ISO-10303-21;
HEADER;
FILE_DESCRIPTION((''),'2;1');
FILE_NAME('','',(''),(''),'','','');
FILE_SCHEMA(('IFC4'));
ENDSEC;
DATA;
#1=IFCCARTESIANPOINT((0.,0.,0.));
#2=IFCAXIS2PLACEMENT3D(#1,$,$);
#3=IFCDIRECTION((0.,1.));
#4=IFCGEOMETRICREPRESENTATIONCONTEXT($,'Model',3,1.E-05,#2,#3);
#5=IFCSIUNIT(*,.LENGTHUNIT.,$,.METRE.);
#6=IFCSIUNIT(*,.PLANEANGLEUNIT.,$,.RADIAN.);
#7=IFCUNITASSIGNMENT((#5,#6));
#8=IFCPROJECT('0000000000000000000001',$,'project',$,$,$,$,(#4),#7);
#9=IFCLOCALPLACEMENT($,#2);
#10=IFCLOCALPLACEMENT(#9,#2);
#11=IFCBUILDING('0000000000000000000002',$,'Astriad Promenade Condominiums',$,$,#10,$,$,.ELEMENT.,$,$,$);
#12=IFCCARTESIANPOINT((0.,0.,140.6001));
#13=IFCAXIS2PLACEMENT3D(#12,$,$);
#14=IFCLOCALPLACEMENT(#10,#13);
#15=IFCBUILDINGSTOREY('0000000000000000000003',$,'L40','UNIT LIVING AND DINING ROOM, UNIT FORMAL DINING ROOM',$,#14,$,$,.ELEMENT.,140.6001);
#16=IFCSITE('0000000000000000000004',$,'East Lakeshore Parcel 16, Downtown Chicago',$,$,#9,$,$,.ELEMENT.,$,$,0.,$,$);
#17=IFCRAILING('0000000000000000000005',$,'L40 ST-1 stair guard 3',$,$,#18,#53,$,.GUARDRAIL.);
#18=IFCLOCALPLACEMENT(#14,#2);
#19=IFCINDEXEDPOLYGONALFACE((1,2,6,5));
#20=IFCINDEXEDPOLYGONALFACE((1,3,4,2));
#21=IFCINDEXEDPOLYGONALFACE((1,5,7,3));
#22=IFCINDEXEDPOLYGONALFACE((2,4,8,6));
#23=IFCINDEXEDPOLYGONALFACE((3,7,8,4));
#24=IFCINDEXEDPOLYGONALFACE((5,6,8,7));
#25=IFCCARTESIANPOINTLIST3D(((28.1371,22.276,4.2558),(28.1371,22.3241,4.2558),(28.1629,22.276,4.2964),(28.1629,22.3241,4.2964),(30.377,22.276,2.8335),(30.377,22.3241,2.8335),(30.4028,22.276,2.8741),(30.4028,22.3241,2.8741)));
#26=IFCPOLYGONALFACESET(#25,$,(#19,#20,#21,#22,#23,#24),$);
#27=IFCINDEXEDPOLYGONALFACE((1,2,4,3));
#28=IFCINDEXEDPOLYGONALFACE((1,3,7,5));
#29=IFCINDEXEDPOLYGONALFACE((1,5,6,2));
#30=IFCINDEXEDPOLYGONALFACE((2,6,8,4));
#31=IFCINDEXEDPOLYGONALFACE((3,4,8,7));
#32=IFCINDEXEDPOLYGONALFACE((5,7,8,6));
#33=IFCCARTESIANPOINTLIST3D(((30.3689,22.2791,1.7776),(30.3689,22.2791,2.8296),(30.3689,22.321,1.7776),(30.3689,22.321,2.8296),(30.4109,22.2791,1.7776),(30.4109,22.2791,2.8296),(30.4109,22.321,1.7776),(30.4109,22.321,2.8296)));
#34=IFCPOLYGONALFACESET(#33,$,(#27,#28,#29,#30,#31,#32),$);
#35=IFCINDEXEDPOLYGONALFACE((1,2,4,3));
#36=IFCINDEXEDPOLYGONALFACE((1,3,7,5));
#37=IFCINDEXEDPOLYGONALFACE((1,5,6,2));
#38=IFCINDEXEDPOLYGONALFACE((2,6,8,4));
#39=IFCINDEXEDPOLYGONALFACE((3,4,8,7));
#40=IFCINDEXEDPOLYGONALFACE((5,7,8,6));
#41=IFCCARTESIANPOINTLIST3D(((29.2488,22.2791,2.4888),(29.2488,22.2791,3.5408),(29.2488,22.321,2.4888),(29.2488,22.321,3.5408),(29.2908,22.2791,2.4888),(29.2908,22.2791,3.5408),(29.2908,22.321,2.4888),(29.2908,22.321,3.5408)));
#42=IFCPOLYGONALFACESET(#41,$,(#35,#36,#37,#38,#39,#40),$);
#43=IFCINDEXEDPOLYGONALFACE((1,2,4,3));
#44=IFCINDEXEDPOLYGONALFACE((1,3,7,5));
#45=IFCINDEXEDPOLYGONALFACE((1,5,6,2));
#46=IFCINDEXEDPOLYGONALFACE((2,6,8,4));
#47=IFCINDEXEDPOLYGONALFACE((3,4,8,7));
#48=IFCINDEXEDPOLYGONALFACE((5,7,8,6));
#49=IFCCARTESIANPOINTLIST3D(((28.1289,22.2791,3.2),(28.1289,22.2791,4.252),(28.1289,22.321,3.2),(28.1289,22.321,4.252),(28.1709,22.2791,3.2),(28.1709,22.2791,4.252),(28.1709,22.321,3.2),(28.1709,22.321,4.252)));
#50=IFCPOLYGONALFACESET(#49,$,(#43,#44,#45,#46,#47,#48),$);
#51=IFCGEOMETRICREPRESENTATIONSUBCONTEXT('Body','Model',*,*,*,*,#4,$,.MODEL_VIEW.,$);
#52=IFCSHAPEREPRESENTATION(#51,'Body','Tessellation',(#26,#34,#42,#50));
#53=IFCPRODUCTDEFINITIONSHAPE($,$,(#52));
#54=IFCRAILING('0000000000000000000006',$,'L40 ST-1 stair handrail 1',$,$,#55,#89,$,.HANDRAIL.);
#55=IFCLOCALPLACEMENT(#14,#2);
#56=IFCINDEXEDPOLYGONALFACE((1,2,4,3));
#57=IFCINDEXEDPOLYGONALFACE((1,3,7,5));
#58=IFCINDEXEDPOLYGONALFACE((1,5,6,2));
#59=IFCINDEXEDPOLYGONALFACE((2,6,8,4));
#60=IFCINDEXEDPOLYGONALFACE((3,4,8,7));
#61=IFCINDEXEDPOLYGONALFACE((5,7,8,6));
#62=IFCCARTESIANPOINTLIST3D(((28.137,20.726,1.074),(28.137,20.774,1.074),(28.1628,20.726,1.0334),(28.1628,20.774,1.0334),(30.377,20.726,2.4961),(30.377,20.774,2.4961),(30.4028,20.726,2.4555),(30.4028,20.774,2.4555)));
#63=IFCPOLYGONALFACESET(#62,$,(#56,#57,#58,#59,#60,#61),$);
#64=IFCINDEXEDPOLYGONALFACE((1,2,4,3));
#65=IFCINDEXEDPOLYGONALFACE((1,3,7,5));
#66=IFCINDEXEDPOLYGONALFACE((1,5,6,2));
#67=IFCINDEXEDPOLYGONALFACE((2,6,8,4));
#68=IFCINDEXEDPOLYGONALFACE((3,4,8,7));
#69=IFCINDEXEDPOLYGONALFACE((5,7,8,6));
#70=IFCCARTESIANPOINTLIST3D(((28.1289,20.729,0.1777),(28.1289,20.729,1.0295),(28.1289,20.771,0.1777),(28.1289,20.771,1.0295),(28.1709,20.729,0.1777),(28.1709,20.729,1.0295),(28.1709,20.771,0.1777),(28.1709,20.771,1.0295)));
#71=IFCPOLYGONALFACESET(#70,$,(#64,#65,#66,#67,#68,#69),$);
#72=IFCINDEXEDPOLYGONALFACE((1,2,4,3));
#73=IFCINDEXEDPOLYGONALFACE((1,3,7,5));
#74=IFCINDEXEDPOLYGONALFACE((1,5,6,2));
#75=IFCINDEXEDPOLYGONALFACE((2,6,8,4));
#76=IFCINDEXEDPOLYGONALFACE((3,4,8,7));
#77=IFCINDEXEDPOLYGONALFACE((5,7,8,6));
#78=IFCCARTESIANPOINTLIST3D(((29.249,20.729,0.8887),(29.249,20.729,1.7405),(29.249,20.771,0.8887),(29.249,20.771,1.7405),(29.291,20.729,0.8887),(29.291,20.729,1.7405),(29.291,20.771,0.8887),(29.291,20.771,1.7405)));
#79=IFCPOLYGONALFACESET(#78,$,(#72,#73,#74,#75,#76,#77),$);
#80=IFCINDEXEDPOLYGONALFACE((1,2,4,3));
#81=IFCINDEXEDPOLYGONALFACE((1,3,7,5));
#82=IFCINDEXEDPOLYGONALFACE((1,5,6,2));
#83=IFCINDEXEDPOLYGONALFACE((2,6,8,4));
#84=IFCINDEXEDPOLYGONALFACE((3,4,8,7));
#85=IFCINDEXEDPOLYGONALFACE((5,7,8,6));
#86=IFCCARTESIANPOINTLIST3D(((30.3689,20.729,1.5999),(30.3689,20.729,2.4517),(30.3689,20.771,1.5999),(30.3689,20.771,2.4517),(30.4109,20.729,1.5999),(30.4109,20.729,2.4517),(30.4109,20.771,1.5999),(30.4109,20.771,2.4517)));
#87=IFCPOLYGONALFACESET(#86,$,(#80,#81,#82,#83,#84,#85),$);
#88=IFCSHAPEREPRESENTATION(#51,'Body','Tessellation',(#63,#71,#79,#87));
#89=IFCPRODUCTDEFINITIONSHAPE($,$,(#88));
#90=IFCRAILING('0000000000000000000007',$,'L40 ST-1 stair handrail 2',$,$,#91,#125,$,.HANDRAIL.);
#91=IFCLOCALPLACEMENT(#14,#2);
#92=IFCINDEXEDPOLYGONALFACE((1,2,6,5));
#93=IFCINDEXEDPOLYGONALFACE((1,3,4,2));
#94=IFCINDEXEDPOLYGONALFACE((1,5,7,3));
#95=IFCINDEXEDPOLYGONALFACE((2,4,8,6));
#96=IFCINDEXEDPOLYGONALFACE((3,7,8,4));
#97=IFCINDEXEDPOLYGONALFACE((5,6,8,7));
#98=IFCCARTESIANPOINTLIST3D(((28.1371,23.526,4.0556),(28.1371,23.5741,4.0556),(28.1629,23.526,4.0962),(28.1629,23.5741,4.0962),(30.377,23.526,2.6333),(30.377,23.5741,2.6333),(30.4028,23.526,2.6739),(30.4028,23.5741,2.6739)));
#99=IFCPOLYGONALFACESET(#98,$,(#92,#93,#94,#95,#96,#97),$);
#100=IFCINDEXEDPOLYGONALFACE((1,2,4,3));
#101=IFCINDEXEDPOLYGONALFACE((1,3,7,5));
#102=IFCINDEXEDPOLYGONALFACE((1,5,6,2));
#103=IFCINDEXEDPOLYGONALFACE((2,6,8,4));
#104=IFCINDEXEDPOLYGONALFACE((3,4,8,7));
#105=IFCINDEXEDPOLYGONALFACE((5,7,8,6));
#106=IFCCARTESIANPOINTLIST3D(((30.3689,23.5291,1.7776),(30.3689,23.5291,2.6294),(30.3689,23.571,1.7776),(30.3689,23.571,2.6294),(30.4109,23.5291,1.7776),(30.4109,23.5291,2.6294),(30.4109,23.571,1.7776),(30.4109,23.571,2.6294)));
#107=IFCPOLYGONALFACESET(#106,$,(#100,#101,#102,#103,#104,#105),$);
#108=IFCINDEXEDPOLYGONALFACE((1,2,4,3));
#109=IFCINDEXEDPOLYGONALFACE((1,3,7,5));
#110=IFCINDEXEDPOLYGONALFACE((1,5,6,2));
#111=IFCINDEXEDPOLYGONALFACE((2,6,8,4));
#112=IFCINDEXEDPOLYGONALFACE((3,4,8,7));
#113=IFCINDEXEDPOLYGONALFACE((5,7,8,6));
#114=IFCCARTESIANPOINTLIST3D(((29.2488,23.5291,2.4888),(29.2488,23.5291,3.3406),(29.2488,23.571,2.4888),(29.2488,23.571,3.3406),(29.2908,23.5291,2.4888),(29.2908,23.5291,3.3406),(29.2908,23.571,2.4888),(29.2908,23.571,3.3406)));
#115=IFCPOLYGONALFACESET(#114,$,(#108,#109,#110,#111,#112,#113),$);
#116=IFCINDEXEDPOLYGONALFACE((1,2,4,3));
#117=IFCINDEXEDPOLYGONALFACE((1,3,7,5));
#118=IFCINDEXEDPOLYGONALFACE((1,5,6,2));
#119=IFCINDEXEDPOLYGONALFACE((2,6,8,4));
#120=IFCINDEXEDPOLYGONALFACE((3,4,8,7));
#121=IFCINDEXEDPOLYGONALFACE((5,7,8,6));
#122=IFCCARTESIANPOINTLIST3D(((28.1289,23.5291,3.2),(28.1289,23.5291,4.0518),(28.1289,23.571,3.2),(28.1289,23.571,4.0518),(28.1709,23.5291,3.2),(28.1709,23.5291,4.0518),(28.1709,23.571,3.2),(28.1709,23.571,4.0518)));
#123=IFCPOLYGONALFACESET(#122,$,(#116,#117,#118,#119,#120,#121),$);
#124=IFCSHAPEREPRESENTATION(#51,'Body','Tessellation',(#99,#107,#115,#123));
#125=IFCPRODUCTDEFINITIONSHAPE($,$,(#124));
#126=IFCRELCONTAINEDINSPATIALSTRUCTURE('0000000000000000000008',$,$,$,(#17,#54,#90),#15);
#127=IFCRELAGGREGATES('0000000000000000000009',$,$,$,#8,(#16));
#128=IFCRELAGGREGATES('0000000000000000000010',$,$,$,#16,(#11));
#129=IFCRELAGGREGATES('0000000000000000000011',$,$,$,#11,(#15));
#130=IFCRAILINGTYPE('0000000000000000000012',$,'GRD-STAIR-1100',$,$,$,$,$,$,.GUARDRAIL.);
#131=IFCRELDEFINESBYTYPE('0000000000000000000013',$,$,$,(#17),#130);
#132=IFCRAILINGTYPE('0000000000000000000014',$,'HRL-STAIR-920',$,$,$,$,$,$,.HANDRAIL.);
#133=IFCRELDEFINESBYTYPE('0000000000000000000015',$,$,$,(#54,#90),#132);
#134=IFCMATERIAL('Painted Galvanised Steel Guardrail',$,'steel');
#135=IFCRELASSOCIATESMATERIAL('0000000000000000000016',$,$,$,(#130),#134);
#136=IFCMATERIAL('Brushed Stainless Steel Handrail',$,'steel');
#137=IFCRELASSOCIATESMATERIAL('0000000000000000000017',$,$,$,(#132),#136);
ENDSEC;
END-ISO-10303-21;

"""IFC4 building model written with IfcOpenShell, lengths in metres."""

from ifc_helpers import new_model, si_unit, direction, frame, origin, origin_2d, place, context, subcontext, project, spatial, rectangle, extrude, source, transform, mapped, material, type_object, type_shapes, element, save


model = new_model("IFC4")

# Units and contexts
model_context = context("Model", 3, precision=1e-05, world=origin(), true_north=direction((0.0, 1.0)))
body_context = subcontext(model_context, "Body", "Model", "MODEL_VIEW")
ifc_project = project(units=[si_unit("LENGTHUNIT", "METRE"), si_unit("PLANEANGLEUNIT", "RADIAN")], contexts=[model_context])

# Site, building, storey
site_placement = place(None, origin())
site = spatial("IfcSite", under=ifc_project, at=site_placement, Name="East Lakeshore Parcel 16, Downtown Chicago", CompositionType="ELEMENT", RefElevation=0.0)
building_placement = place(site_placement, origin())
building = spatial("IfcBuilding", under=site, at=building_placement, Name="Astriad Promenade Condominiums", CompositionType="ELEMENT")
storey_placement = place(building_placement, frame((0.0, 0.0, 140.6001)))
storey = spatial("IfcBuildingStorey", under=building, at=storey_placement, Name="L40", Description="UNIT LIVING AND DINING ROOM, UNIT FORMAL DINING ROOM", CompositionType="ELEMENT", Elevation=140.6001)

# Railings
ifc_material_1 = material(Name="Painted Galvanised Steel Guardrail", Category="steel")
railing_type_1 = type_object("IfcRailingType", Name="GRD-STAIR-1100", PredefinedType="GUARDRAIL", material=ifc_material_1)
shared_shape_1 = source(origin(), body_context, "Body", "SweptSolid", [
    extrude(rectangle(XDim=0.0481, YDim=0.0481, at=origin_2d()), frame((0.0, 0.0, 1.0762), z_axis=(-0.844188, 0.0, 0.536048), x_axis=(0.0, -1.0, 0.0)), (0.0, 0.0, 1.0), 2.6533),
    extrude(rectangle(XDim=0.042, YDim=0.042, at=origin_2d()), origin(), (0.0, 0.0, 1.0), 1.052),
    extrude(rectangle(XDim=0.042, YDim=0.042, at=origin_2d()), frame((-1.1201, 0.0, 0.7112)), (0.0, 0.0, 1.0), 1.052),
    extrude(rectangle(XDim=0.042, YDim=0.042, at=origin_2d()), frame((-2.24, 0.0, 1.4224)), (0.0, 0.0, 1.0), 1.052),
])
railing_1_placement = place(storey_placement, frame((30.3899, 22.3, 1.7776)))
element("IfcRailing", 1, at=railing_1_placement, inside=storey, type_object=railing_type_1, Name="L40 ST-1 stair guard 3", PredefinedType="GUARDRAIL", context=body_context, shape_type="MappedRepresentation", body=[
    mapped(shared_shape_1, transform((0.0, 0.0, 0.0), scale=1.0)),
])
ifc_material_2 = material(Name="Brushed Stainless Steel Handrail", Category="steel")
railing_type_2 = type_object("IfcRailingType", Name="HRL-STAIR-920", PredefinedType="HANDRAIL", material=ifc_material_2)
shared_shape_2 = source(origin(), body_context, "Body", "SweptSolid", [
    extrude(rectangle(XDim=0.0481, YDim=0.0481, at=origin_2d()), frame((0.0, 0.0, 0.876), z_axis=(0.844229, 0.0, 0.535982), x_axis=(0.0, 1.0, 0.0)), (0.0, 0.0, 1.0), 2.6533),
    extrude(rectangle(XDim=0.042, YDim=0.042, at=origin_2d()), origin(), (0.0, 0.0, 1.0), 0.8518),
    extrude(rectangle(XDim=0.042, YDim=0.042, at=origin_2d()), frame((1.1201, 0.0, 0.7109)), (0.0, 0.0, 1.0), 0.8518),
    extrude(rectangle(XDim=0.042, YDim=0.042, at=origin_2d()), frame((2.24, 0.0, 1.4221)), (0.0, 0.0, 1.0), 0.8518),
])
railing_2_placement = place(storey_placement, frame((28.1499, 20.75, 0.1777)))
element("IfcRailing", 2, at=railing_2_placement, inside=storey, type_object=railing_type_2, Name="L40 ST-1 stair handrail 1", PredefinedType="HANDRAIL", context=body_context, shape_type="MappedRepresentation", body=[
    mapped(shared_shape_2, transform((0.0, 0.0, 0.0), scale=1.0)),
])
shared_shape_3 = source(origin(), body_context, "Body", "SweptSolid", [
    extrude(rectangle(XDim=0.0481, YDim=0.0481, at=origin_2d()), frame((0.0, 0.0, 0.876), z_axis=(-0.844188, 0.0, 0.536048), x_axis=(0.0, -1.0, 0.0)), (0.0, 0.0, 1.0), 2.6533),
    extrude(rectangle(XDim=0.042, YDim=0.042, at=origin_2d()), origin(), (0.0, 0.0, 1.0), 0.8518),
    extrude(rectangle(XDim=0.042, YDim=0.042, at=origin_2d()), frame((-1.1201, 0.0, 0.7112)), (0.0, 0.0, 1.0), 0.8518),
    extrude(rectangle(XDim=0.042, YDim=0.042, at=origin_2d()), frame((-2.24, 0.0, 1.4224)), (0.0, 0.0, 1.0), 0.8518),
])
type_shapes(railing_type_2, [shared_shape_2, shared_shape_3])
railing_3_placement = place(storey_placement, frame((30.3899, 23.55, 1.7776)))
element("IfcRailing", 3, at=railing_3_placement, inside=storey, type_object=railing_type_2, Name="L40 ST-1 stair handrail 2", PredefinedType="HANDRAIL", context=body_context, shape_type="MappedRepresentation", body=[
    mapped(shared_shape_3, transform((0.0, 0.0, 0.0), scale=1.0)),
])

save(model, "model.ifc")
